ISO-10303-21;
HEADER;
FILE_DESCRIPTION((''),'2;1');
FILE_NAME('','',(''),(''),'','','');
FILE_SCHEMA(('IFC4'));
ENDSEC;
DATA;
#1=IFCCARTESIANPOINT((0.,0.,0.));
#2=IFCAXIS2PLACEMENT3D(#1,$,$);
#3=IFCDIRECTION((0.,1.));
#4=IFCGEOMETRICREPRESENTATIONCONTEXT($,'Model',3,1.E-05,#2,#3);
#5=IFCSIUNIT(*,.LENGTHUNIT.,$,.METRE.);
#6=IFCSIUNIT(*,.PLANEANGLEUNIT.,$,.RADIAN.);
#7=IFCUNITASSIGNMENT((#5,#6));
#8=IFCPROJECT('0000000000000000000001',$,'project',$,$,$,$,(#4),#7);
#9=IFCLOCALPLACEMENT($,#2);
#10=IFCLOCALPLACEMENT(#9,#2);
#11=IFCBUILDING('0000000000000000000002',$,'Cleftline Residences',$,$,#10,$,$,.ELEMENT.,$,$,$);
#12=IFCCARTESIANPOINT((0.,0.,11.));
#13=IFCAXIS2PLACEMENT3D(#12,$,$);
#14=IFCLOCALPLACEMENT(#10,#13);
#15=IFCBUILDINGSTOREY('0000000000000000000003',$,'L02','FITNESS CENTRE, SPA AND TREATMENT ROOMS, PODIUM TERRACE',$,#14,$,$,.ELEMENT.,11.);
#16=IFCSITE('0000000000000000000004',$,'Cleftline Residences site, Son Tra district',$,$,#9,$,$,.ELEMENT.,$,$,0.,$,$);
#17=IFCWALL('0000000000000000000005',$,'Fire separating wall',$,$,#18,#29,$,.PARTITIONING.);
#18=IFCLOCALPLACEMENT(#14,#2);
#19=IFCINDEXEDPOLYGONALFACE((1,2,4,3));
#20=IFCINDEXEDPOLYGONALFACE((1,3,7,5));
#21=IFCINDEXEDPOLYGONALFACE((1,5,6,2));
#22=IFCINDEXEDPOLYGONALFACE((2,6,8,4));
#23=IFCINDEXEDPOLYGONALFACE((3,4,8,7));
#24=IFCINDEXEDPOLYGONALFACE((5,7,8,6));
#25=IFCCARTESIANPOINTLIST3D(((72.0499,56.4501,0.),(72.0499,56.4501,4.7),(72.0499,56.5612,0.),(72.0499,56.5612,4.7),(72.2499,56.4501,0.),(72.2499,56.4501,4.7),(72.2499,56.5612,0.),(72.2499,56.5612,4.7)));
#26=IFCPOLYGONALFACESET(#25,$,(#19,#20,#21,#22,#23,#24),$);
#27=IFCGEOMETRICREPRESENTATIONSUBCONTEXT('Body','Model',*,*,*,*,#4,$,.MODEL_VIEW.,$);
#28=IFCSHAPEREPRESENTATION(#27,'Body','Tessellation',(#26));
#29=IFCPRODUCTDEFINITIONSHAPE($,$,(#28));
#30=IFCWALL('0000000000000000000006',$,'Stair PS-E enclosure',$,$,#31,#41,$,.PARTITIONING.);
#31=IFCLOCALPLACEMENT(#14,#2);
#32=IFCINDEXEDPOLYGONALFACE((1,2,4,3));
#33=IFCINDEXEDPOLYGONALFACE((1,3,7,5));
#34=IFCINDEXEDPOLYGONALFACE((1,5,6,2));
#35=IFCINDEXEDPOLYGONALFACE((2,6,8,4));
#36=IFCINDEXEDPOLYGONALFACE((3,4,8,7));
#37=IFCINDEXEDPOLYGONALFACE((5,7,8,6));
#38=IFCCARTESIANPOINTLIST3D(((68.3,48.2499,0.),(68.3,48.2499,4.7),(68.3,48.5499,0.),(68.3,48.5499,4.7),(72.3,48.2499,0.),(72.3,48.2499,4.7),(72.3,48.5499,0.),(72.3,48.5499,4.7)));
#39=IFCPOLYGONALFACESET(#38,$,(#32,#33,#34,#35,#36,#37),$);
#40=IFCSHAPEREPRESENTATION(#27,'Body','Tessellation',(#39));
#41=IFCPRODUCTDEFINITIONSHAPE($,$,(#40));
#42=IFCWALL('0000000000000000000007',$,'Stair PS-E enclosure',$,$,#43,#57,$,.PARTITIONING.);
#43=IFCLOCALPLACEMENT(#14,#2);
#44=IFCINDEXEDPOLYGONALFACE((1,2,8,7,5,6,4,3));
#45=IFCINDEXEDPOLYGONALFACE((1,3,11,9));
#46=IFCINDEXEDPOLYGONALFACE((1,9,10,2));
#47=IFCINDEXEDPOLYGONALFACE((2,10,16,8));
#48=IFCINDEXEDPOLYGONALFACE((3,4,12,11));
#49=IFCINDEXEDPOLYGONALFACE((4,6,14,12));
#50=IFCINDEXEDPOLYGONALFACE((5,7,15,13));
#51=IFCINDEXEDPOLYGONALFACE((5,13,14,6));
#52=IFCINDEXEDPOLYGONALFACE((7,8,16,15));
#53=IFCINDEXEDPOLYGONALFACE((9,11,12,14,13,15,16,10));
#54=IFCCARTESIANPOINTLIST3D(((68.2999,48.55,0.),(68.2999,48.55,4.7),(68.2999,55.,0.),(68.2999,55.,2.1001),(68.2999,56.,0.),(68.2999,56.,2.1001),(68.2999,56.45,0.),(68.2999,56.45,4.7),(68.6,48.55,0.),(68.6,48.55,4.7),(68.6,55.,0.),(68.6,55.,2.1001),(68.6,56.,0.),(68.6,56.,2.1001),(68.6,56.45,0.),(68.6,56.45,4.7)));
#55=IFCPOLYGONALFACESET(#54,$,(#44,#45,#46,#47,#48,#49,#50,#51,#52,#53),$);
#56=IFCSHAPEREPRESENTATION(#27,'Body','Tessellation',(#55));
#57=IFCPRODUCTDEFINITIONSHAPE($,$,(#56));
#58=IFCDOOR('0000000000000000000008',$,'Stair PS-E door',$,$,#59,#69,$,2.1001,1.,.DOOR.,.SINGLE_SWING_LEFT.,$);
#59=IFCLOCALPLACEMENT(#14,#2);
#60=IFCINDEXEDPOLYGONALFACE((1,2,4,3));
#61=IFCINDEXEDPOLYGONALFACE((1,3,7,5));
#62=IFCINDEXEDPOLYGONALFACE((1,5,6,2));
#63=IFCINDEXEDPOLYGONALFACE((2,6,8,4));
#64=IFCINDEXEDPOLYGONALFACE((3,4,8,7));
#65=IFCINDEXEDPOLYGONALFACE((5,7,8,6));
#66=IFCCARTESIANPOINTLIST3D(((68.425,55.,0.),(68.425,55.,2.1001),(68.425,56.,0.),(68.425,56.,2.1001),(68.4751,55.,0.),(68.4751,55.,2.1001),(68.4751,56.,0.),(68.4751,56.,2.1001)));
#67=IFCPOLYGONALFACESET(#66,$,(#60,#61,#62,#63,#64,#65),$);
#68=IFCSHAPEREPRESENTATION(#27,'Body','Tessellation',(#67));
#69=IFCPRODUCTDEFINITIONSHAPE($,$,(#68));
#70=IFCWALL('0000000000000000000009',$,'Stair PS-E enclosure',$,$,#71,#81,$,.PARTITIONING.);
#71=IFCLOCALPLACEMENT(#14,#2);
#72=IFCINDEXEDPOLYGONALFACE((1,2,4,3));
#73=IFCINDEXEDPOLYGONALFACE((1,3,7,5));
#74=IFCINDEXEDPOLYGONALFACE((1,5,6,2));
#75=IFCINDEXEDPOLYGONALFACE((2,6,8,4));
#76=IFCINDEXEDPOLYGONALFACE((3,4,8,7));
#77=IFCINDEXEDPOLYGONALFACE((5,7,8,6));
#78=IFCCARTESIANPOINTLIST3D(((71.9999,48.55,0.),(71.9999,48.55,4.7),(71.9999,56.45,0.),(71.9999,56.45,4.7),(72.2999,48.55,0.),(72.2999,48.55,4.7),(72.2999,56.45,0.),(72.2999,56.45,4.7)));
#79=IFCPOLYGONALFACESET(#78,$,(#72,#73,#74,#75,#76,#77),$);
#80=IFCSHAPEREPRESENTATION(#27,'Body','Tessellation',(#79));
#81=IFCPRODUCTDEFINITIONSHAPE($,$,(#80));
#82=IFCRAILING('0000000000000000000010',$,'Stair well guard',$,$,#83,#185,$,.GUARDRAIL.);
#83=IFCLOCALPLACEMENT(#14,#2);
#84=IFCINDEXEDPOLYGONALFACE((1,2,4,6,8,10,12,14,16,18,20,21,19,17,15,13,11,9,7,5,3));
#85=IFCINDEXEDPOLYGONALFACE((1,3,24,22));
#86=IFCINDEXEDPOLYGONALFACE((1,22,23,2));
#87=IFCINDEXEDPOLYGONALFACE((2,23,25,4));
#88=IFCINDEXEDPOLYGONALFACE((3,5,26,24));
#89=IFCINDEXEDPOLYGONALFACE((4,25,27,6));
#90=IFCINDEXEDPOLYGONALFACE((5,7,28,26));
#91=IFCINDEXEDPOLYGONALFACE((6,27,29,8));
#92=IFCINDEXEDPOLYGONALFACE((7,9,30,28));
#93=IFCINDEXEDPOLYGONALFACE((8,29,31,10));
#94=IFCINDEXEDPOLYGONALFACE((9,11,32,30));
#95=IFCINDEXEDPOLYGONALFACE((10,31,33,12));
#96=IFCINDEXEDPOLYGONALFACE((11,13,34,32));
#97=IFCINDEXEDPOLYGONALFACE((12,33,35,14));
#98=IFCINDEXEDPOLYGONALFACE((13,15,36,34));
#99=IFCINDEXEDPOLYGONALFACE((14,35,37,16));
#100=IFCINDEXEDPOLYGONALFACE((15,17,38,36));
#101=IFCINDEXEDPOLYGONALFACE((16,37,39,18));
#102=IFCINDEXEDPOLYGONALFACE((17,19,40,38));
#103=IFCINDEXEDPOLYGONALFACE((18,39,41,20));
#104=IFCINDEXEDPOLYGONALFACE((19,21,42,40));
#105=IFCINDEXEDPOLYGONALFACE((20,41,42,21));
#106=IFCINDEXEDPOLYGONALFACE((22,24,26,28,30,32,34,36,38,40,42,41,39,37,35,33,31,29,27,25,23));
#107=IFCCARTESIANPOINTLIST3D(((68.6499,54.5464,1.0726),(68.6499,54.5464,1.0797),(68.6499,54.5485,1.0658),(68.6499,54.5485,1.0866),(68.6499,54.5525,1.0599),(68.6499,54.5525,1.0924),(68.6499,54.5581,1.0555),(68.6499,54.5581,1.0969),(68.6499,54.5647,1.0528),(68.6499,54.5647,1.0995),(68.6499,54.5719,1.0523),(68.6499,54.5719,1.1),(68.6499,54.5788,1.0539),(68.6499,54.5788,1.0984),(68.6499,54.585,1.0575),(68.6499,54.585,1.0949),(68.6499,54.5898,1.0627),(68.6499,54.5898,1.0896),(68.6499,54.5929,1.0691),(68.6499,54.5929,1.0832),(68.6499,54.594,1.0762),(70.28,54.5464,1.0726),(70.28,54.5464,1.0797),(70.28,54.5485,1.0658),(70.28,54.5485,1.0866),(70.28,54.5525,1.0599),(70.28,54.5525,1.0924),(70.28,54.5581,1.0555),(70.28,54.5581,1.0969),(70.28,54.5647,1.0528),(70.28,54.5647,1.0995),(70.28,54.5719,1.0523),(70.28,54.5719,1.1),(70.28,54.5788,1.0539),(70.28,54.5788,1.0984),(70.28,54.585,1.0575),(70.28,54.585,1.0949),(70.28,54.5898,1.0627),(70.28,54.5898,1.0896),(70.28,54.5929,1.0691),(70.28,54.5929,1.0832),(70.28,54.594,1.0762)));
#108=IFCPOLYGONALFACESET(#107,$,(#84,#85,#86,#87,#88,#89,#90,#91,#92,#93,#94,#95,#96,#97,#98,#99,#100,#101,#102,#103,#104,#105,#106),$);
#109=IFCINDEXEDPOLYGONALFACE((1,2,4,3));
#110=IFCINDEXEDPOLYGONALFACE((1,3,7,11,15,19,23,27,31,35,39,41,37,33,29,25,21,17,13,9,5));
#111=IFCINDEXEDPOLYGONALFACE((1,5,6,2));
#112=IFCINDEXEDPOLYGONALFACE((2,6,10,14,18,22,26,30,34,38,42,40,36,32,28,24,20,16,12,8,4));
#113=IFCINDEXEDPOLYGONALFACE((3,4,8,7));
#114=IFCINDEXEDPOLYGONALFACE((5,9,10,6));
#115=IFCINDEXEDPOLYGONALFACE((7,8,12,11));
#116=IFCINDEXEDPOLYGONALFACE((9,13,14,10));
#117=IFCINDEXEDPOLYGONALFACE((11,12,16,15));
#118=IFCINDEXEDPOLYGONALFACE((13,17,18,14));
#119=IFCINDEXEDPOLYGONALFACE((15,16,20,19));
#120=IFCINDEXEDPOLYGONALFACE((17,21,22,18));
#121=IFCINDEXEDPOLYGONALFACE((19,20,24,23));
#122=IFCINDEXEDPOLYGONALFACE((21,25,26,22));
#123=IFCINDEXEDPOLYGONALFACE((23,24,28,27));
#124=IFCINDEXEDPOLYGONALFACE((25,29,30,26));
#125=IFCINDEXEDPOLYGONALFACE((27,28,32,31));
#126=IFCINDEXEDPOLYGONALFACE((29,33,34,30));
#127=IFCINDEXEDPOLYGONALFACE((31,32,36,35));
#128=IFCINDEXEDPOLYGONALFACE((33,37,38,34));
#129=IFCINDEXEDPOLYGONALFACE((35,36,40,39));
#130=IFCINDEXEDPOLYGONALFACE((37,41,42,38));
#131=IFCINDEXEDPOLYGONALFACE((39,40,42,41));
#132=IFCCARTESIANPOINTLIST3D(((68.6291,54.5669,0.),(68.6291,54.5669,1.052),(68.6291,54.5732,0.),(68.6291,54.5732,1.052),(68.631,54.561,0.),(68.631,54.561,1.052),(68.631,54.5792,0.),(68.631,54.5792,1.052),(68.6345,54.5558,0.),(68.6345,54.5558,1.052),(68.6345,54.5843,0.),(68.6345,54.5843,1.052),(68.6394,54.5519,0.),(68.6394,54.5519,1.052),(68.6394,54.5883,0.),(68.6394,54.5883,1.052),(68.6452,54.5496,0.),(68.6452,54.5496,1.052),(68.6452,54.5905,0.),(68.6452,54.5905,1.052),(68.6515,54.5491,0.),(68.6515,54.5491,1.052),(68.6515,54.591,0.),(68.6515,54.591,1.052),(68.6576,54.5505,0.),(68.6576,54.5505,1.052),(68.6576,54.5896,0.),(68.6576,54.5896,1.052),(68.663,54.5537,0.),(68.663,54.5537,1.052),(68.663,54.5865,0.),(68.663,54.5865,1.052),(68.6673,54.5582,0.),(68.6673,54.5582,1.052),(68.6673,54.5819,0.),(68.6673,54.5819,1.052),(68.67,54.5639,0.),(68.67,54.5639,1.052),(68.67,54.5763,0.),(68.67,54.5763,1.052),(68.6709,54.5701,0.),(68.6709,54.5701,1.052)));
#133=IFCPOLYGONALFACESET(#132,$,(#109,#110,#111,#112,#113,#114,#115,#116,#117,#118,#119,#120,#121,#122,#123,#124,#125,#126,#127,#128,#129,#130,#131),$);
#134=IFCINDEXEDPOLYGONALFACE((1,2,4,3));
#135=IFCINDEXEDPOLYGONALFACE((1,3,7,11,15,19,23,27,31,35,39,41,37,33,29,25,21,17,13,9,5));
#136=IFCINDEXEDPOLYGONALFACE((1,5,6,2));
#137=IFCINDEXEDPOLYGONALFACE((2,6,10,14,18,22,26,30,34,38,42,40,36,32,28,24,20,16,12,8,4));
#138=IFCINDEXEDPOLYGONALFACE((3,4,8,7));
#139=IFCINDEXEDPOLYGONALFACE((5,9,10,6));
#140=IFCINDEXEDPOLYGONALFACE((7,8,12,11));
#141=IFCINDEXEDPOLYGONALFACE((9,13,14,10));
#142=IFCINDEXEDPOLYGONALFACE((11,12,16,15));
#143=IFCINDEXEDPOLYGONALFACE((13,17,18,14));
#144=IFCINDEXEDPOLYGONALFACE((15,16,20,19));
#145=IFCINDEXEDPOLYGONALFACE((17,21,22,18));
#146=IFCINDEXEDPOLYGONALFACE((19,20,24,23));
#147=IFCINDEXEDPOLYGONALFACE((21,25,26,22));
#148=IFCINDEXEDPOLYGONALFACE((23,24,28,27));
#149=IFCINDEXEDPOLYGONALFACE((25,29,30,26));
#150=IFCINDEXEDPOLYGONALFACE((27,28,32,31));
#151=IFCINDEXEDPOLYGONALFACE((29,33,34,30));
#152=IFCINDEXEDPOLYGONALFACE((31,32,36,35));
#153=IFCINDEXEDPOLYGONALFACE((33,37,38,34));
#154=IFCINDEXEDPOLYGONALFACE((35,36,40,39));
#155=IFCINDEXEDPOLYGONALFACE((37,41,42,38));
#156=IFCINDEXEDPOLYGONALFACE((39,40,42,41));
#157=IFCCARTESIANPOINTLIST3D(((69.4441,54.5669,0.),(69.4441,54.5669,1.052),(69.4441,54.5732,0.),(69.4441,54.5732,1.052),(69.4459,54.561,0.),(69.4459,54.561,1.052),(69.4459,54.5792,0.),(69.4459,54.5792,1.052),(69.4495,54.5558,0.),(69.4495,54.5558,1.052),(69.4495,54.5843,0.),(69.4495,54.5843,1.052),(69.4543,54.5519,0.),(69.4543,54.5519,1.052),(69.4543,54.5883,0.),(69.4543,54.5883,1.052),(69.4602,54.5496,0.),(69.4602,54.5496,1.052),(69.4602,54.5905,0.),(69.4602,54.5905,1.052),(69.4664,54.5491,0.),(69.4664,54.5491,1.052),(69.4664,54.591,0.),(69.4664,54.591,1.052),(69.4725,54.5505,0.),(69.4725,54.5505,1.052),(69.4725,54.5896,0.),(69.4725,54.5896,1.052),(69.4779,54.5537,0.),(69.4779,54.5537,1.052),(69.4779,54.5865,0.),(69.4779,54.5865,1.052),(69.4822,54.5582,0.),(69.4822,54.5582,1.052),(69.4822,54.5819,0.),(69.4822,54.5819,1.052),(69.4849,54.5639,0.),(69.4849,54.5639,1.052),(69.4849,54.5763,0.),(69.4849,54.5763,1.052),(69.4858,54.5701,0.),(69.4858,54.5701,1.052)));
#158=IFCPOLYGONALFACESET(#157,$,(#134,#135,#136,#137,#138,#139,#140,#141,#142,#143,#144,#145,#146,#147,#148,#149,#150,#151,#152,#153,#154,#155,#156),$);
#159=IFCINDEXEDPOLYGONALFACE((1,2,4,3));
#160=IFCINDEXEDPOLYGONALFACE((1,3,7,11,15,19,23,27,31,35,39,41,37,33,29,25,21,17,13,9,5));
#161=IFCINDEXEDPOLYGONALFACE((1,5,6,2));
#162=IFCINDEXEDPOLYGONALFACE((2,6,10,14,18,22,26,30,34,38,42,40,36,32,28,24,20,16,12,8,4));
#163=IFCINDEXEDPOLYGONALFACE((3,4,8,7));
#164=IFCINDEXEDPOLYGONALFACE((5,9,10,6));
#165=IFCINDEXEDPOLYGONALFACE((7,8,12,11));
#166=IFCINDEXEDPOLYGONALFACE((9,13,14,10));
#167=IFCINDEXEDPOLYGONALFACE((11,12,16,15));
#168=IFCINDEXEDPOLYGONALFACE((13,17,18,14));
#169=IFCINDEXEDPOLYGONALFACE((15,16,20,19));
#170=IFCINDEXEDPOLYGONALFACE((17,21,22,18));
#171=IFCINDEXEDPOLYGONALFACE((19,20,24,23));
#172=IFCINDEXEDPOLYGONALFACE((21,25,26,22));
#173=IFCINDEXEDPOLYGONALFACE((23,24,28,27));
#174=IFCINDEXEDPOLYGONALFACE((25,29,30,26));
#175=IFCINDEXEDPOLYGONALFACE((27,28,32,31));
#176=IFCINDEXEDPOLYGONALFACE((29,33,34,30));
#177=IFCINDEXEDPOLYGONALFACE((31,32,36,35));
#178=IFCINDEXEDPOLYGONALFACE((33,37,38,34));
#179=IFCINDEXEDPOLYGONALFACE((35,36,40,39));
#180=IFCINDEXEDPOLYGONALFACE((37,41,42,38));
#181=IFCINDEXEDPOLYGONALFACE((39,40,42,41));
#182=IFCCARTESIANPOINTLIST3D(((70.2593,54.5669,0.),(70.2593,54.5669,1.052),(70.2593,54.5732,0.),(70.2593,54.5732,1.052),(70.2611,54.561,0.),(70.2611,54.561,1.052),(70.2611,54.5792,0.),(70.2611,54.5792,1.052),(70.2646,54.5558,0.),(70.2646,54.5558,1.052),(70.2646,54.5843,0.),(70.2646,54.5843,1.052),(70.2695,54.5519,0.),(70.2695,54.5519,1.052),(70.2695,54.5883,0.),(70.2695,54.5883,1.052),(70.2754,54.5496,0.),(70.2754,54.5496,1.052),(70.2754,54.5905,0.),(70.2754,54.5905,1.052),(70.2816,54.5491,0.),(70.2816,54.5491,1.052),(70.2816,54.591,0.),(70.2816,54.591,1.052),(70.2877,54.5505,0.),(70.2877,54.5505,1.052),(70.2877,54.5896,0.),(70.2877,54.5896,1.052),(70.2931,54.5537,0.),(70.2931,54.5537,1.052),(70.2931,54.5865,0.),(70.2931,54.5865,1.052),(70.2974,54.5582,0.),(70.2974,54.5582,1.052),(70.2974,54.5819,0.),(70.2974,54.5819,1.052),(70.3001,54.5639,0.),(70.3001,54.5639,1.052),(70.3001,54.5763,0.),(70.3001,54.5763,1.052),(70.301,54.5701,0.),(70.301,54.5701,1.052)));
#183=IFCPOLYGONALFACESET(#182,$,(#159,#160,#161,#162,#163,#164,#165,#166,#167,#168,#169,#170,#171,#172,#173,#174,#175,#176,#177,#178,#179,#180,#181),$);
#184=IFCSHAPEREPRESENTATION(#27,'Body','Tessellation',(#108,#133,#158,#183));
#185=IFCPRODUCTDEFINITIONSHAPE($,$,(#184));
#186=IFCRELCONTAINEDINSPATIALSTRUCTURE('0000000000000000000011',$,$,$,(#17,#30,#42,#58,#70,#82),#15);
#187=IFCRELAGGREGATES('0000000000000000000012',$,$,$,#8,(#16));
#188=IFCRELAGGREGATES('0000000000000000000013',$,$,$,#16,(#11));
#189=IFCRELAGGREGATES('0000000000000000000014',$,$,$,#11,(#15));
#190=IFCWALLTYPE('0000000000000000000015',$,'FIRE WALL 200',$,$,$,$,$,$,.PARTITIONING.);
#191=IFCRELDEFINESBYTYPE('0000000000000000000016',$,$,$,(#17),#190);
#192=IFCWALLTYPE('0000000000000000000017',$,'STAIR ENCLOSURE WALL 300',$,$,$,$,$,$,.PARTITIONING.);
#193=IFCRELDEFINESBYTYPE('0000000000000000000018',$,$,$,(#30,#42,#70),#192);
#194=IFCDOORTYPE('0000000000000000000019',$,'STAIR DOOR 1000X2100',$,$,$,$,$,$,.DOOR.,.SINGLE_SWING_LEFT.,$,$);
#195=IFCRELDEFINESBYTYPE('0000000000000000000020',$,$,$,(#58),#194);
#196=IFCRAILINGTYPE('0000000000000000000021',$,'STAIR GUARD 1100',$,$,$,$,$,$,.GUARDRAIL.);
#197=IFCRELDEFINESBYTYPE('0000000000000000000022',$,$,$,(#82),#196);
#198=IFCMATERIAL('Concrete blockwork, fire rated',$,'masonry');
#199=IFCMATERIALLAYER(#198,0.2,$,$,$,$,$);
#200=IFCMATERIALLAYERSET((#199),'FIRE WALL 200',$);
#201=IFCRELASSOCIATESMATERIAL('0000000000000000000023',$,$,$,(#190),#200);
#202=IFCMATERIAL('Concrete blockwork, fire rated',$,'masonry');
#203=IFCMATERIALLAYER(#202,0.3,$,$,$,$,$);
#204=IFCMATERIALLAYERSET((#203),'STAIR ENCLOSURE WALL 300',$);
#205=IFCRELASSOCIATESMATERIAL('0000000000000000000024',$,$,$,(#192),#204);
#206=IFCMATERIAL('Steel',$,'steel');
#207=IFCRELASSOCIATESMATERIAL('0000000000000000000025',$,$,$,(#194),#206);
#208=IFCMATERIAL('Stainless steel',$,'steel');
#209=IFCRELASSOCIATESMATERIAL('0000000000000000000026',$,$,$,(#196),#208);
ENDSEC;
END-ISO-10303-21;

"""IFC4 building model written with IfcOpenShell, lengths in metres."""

from ifc_helpers import new_model, si_unit, direction, frame, frame_2d, origin, origin_2d, place, context, subcontext, project, spatial, rectangle, circle, extrude, material, layer, layer_set, type_object, element, fill, save


model = new_model("IFC4")

# Units and contexts
model_context = context("Model", 3, precision=1e-05, world=origin(), true_north=direction((0.0, 1.0)))
body_context = subcontext(model_context, "Body", "Model", "MODEL_VIEW")
ifc_project = project(units=[si_unit("LENGTHUNIT", "METRE"), si_unit("PLANEANGLEUNIT", "RADIAN")], contexts=[model_context])

# Site, building, storey
site_placement = place(None, origin())
site = spatial("IfcSite", under=ifc_project, at=site_placement, Name="Cleftline Residences site, Son Tra district", CompositionType="ELEMENT", RefElevation=0.0)
building_placement = place(site_placement, origin())
building = spatial("IfcBuilding", under=site, at=building_placement, Name="Cleftline Residences", CompositionType="ELEMENT")
storey_placement = place(building_placement, frame((0.0, 0.0, 11.0)))
storey = spatial("IfcBuildingStorey", under=building, at=storey_placement, Name="L02", Description="FITNESS CENTRE, SPA AND TREATMENT ROOMS, PODIUM TERRACE", CompositionType="ELEMENT", Elevation=11.0)

# Walls
ifc_material_1 = material(Name="Concrete blockwork, fire rated", Category="masonry")
ifc_layer_1 = layer(ifc_material_1, 0.2)
ifc_layer_set_1 = layer_set([ifc_layer_1], Name="FIRE WALL 200")
wall_type_1 = type_object("IfcWallType", Name="FIRE WALL 200", PredefinedType="PARTITIONING", material=ifc_layer_set_1)
for number, where, z_axis, x_axis, name in (
    (1, (72.1499, 56.45, 0.0), (0.0, 0.0, 1.0), (0.0, 1.0, 0.0), "Fire separating wall"),
):
    element("IfcWall", number, at=place(storey_placement, frame(where, z_axis=z_axis, x_axis=x_axis)), inside=storey, type_object=wall_type_1, Name=name, PredefinedType="PARTITIONING", context=body_context, shape_type="SweptSolid", body=[
        extrude(rectangle(XDim=0.1111, YDim=0.2, at=frame_2d((0.0557, 0.0))), origin(), (0.0, 0.0, 1.0), 4.7),
    ])
ifc_material_2 = material(Name="Concrete blockwork, fire rated", Category="masonry")
ifc_layer_2 = layer(ifc_material_2, 0.3)
ifc_layer_set_2 = layer_set([ifc_layer_2], Name="STAIR ENCLOSURE WALL 300")
wall_type_2 = type_object("IfcWallType", Name="STAIR ENCLOSURE WALL 300", PredefinedType="PARTITIONING", material=ifc_layer_set_2)
wall_1_placement = place(storey_placement, frame((68.3, 48.3999, 0.0), z_axis=(0.0, 0.0, 1.0), x_axis=(1.0, 0.0, 0.0)))
element("IfcWall", 2, at=wall_1_placement, inside=storey, type_object=wall_type_2, Name="Stair PS-E enclosure", PredefinedType="PARTITIONING", context=body_context, shape_type="SweptSolid", body=[
    extrude(rectangle(XDim=4.0, YDim=0.3, at=frame_2d((2.0, 0.0))), origin(), (0.0, 0.0, 1.0), 4.7),
])

# Wall, opening, door
wall_2_placement = place(storey_placement, frame((68.45, 48.55, 0.0), z_axis=(0.0, 0.0, 1.0), x_axis=(0.0, 1.0, 0.0)))
wall_2 = element("IfcWall", 3, at=wall_2_placement, inside=storey, type_object=wall_type_2, Name="Stair PS-E enclosure", PredefinedType="PARTITIONING", context=body_context, shape_type="SweptSolid", body=[
    extrude(rectangle(XDim=7.8999, YDim=0.3, at=frame_2d((3.95, 0.0))), origin(), (0.0, 0.0, 1.0), 4.7),
])
opening_placement = place(wall_2_placement, frame((6.45, 0.0, 0.0)))
opening = element("IfcOpeningElement", 4, at=opening_placement, cuts=wall_2, PredefinedType="OPENING", context=body_context, shape_type="SweptSolid", body=[
    extrude(rectangle(XDim=1.0, YDim=2.1001, at=frame_2d((0.5, 1.05))), frame((0.0, 0.1599, 0.0), z_axis=(0.0, -1.0, 0.0), x_axis=(1.0, 0.0, 0.0)), (0.0, 0.0, 1.0), 0.3201),
])
ifc_material_3 = material(Name="Steel", Category="steel")
door_type = type_object("IfcDoorType", Name="STAIR DOOR 1000X2100", OperationType="SINGLE_SWING_LEFT", PredefinedType="DOOR", material=ifc_material_3)
door_placement = place(opening_placement, origin())
door = element("IfcDoor", 5, at=door_placement, inside=storey, type_object=door_type, Name="Stair PS-E door", OperationType="SINGLE_SWING_LEFT", OverallHeight=2.1001, OverallWidth=1.0, PredefinedType="DOOR", context=body_context, shape_type="SweptSolid", body=[
    extrude(rectangle(XDim=1.0, YDim=2.1001, at=frame_2d((0.5, 1.05))), frame((0.0, 0.0249, 0.0), z_axis=(0.0, -1.0, 0.0), x_axis=(1.0, 0.0, 0.0)), (0.0, 0.0, 1.0), 0.05),
])
fill(opening, door)

# Wall
wall_3_placement = place(storey_placement, frame((72.1499, 48.55, 0.0), z_axis=(0.0, 0.0, 1.0), x_axis=(0.0, 1.0, 0.0)))
element("IfcWall", 6, at=wall_3_placement, inside=storey, type_object=wall_type_2, Name="Stair PS-E enclosure", PredefinedType="PARTITIONING", context=body_context, shape_type="SweptSolid", body=[
    extrude(rectangle(XDim=7.8999, YDim=0.3, at=frame_2d((3.95, 0.0))), origin(), (0.0, 0.0, 1.0), 4.7),
])

# Railing
ifc_material_4 = material(Name="Stainless steel", Category="steel")
railing_type_1 = type_object("IfcRailingType", Name="STAIR GUARD 1100", PredefinedType="GUARDRAIL", material=ifc_material_4)
railing_1_placement = place(storey_placement, frame((68.6499, 54.5701, 0.0)))
element("IfcRailing", 7, at=railing_1_placement, inside=storey, type_object=railing_type_1, Name="Stair well guard", PredefinedType="GUARDRAIL", context=body_context, shape_type="SweptSolid", body=[
    extrude(circle(Radius=0.0239, at=origin_2d()), frame((0.0, 0.0, 1.0762), z_axis=(1.0, 0.0, 0.0), x_axis=(0.0, 1.0, 0.0)), (0.0, 0.0, 1.0), 1.6301),
    extrude(circle(Radius=0.021, at=origin_2d()), origin(), (0.0, 0.0, 1.0), 1.052),
    extrude(circle(Radius=0.021, at=origin_2d()), frame((0.8149, 0.0, 0.0)), (0.0, 0.0, 1.0), 1.052),
    extrude(circle(Radius=0.021, at=origin_2d()), frame((1.6301, 0.0, 0.0)), (0.0, 0.0, 1.0), 1.052),
])

save(model, "model.ifc")
